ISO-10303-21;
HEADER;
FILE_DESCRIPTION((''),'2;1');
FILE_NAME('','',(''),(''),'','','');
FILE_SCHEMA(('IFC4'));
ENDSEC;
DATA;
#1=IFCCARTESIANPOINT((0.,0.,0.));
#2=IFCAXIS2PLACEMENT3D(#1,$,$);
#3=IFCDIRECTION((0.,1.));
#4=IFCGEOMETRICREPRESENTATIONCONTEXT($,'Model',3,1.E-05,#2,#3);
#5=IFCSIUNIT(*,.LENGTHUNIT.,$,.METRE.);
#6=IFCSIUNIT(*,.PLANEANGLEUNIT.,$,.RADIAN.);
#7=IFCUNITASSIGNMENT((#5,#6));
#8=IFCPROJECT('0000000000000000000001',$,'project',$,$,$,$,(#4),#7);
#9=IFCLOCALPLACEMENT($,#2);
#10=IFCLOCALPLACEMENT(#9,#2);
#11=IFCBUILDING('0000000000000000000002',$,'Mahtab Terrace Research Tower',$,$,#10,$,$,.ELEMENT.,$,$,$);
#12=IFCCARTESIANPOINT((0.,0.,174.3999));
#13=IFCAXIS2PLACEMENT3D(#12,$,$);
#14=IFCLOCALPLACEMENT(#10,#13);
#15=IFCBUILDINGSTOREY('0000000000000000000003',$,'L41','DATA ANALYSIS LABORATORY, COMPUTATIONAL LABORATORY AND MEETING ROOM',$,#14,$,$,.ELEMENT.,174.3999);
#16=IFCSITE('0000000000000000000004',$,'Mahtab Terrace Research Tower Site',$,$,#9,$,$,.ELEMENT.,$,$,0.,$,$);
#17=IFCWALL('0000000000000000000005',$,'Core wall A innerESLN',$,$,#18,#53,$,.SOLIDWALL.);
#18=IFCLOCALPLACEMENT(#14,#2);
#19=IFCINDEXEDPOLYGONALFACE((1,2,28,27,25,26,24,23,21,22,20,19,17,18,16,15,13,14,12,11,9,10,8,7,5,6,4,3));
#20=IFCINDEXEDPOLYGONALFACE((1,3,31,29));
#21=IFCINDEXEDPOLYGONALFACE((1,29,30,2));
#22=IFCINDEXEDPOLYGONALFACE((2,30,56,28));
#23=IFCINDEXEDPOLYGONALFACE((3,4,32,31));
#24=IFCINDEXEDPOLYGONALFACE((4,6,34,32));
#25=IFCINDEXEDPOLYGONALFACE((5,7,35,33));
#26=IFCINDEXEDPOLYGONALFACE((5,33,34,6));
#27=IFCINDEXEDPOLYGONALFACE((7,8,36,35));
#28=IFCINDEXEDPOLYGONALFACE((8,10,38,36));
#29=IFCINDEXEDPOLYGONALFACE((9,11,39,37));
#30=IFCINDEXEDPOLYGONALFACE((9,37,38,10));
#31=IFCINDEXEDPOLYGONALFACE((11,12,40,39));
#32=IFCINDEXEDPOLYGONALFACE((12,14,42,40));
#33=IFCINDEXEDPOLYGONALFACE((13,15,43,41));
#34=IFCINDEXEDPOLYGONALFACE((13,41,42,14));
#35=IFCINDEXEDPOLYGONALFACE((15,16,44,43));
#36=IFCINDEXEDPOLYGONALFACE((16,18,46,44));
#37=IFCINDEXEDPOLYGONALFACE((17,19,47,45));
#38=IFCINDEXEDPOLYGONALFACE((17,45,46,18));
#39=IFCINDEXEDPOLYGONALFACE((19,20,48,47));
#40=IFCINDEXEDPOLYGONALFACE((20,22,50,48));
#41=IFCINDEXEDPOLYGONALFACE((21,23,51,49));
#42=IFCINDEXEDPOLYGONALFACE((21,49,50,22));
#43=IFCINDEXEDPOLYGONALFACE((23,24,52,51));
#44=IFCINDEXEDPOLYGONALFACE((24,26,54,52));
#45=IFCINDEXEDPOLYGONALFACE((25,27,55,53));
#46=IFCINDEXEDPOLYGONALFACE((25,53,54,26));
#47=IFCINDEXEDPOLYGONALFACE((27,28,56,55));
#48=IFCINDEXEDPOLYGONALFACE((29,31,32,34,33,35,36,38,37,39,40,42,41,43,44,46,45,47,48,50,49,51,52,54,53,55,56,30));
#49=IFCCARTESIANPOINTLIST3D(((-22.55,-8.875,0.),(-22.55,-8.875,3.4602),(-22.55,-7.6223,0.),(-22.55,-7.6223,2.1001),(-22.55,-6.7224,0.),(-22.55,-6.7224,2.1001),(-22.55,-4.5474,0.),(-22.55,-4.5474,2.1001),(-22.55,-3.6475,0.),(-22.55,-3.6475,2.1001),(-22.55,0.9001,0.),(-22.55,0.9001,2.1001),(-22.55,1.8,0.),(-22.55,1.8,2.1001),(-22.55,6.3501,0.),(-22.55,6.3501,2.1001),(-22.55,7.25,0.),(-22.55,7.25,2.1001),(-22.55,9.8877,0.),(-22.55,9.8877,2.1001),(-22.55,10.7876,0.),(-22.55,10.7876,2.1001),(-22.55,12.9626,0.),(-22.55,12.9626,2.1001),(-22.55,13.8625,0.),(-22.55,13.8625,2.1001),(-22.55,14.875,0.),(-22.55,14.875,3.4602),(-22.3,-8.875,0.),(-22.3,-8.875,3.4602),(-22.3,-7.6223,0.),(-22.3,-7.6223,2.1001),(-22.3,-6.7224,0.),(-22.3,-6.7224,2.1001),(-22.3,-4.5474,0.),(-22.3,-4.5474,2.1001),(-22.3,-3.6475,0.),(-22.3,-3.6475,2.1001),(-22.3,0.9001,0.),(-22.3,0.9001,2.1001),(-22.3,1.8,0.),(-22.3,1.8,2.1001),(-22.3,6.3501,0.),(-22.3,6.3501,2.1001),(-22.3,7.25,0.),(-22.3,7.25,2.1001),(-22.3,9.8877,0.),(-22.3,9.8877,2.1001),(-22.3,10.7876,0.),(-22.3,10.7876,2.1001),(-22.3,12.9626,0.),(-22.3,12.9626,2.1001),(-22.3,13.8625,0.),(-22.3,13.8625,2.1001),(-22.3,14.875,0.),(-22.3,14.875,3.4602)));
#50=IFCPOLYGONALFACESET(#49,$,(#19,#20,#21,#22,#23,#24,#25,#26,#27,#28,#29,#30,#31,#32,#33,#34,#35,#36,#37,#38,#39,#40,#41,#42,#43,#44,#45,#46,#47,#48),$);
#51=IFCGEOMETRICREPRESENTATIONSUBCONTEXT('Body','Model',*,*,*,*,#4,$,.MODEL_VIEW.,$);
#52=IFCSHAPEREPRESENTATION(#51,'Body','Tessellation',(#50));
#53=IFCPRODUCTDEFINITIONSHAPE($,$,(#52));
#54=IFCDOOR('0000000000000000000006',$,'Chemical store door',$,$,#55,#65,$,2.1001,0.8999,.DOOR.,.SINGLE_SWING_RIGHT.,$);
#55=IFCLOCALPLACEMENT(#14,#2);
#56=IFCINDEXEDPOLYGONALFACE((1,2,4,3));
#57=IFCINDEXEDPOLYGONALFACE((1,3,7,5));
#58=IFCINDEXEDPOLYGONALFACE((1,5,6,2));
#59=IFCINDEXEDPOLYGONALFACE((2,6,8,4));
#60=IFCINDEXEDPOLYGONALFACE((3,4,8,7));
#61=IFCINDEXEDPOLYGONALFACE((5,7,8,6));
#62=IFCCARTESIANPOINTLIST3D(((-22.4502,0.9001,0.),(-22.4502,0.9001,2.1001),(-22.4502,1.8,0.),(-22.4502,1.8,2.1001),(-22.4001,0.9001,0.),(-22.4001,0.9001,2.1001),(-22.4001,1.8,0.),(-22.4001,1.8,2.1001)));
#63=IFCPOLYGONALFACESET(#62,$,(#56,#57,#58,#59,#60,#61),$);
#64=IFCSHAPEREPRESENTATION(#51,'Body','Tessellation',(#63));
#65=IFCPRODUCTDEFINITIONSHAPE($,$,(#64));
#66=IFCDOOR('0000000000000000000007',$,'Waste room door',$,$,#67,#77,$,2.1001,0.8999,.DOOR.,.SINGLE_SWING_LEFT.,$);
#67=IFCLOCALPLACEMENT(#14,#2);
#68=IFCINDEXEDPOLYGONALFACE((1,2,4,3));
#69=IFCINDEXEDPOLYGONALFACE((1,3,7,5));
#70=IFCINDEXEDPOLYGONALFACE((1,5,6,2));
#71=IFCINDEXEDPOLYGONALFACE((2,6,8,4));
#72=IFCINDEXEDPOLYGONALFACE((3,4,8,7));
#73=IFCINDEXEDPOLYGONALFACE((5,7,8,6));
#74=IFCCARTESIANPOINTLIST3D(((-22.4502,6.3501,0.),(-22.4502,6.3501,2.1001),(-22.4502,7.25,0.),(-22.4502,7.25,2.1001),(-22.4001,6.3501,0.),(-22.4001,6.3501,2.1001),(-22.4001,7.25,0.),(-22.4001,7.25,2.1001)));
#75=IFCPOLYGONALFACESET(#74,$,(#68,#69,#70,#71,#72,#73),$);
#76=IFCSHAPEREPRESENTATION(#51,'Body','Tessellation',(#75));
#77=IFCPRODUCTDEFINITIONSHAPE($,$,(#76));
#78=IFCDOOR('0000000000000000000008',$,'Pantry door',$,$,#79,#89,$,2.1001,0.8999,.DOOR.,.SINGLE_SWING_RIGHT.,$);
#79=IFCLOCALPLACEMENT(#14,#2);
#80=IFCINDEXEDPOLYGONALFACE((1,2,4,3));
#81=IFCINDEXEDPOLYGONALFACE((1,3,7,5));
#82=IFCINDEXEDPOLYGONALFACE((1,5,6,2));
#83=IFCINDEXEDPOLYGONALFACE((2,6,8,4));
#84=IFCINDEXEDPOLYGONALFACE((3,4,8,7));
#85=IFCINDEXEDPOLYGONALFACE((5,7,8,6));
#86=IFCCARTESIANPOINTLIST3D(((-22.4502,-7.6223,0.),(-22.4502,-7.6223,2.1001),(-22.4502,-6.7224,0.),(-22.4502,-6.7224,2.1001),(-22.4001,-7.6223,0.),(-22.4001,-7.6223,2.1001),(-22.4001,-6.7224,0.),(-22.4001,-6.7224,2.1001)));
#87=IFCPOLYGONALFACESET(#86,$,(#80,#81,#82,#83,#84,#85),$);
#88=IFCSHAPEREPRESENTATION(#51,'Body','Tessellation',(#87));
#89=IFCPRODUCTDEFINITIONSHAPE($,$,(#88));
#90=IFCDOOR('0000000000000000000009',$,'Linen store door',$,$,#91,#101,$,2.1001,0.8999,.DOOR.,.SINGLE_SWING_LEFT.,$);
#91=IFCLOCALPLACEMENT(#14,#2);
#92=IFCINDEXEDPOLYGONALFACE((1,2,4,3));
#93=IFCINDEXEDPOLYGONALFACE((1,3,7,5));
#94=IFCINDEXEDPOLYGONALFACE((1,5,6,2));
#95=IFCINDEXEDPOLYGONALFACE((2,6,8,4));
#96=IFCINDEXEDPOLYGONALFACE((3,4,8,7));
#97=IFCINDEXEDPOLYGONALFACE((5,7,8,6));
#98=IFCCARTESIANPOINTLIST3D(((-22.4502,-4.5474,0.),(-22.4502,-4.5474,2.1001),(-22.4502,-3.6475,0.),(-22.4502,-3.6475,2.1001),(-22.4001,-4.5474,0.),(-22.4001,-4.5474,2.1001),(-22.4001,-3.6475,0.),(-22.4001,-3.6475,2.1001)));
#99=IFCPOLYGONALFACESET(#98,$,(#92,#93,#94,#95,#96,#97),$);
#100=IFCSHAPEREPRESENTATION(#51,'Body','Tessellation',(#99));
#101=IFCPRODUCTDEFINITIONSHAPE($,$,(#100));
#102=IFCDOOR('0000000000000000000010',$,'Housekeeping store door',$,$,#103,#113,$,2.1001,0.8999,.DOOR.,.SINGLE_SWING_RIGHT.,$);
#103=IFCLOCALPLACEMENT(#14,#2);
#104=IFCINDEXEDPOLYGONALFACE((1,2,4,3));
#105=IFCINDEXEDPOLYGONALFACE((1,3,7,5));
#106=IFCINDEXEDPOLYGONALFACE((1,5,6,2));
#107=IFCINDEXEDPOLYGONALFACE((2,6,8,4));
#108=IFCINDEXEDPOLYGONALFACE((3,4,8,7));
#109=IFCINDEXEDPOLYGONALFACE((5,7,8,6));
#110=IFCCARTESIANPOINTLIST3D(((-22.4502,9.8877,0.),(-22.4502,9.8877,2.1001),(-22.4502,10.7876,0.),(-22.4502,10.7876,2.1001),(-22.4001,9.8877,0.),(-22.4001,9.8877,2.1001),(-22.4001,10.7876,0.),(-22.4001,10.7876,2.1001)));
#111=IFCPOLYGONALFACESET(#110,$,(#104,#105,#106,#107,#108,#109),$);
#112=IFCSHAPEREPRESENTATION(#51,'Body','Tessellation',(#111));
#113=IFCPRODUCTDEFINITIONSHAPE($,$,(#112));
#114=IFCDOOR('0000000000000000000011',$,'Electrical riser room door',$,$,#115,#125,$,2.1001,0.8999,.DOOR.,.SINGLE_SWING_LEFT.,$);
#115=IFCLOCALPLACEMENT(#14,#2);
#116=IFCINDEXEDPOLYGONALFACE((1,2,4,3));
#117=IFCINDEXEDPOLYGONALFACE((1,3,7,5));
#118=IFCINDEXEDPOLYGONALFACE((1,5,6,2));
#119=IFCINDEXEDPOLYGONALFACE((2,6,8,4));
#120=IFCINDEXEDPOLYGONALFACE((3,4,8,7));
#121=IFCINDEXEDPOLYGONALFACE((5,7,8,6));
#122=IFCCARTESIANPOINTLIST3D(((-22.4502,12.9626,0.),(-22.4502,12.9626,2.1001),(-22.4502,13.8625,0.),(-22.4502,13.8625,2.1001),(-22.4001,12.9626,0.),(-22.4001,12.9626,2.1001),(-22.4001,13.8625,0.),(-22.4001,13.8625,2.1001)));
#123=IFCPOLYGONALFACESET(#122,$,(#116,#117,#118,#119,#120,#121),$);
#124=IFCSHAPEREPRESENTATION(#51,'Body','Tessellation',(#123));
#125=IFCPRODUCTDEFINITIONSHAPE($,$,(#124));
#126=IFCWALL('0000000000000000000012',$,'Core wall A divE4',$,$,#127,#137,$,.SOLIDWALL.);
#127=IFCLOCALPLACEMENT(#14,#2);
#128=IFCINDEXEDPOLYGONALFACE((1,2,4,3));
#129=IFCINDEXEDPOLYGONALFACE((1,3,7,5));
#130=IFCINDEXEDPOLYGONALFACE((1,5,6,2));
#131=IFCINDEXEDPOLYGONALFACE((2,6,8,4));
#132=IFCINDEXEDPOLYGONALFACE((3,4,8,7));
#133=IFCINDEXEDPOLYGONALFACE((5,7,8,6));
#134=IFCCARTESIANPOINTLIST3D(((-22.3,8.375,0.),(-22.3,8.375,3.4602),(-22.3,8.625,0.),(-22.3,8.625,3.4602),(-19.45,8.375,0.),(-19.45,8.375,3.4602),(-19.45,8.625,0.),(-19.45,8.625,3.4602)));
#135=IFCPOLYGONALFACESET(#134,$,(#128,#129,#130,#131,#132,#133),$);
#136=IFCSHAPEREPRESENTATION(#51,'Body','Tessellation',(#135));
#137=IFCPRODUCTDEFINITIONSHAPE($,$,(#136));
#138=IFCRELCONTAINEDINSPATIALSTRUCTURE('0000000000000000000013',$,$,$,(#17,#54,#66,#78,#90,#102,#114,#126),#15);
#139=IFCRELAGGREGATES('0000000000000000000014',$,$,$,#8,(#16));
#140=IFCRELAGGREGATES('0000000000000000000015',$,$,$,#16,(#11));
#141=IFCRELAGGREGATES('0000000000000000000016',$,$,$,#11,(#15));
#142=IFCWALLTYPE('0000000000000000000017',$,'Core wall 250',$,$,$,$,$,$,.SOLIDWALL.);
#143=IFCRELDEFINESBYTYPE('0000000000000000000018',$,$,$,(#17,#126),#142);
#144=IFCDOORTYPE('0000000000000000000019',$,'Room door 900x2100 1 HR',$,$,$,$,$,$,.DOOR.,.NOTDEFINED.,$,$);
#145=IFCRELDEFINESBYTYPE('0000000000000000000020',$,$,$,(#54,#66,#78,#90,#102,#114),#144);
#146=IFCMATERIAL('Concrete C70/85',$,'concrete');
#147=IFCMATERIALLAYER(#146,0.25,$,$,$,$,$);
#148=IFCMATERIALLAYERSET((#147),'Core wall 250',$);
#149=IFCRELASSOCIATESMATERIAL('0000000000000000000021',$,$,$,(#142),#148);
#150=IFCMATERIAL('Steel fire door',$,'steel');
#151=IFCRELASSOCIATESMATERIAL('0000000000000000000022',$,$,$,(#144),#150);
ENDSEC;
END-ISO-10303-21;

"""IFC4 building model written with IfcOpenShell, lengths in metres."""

from ifc_helpers import new_model, si_unit, direction, frame, frame_2d, origin, place, context, subcontext, project, spatial, rectangle, extrude, material, layer, layer_set, type_object, element, fill, save


model = new_model("IFC4")

# Units and contexts
model_context = context("Model", 3, precision=1e-05, world=origin(), true_north=direction((0.0, 1.0)))
body_context = subcontext(model_context, "Body", "Model", "MODEL_VIEW")
ifc_project = project(units=[si_unit("LENGTHUNIT", "METRE"), si_unit("PLANEANGLEUNIT", "RADIAN")], contexts=[model_context])

# Site, building, storey
site_placement = place(None, origin())
site = spatial("IfcSite", under=ifc_project, at=site_placement, Name="Mahtab Terrace Research Tower Site", CompositionType="ELEMENT", RefElevation=0.0)
building_placement = place(site_placement, origin())
building = spatial("IfcBuilding", under=site, at=building_placement, Name="Mahtab Terrace Research Tower", CompositionType="ELEMENT")
storey_placement = place(building_placement, frame((0.0, 0.0, 174.3999)))
storey = spatial("IfcBuildingStorey", under=building, at=storey_placement, Name="L41", Description="DATA ANALYSIS LABORATORY, COMPUTATIONAL LABORATORY AND MEETING ROOM", CompositionType="ELEMENT", Elevation=174.3999)

# Shared definitions
ifc_material_1 = material(Name="Concrete C70/85", Category="concrete")

# Shared definitions
ifc_layer_1 = layer(ifc_material_1, 0.25)
ifc_layer_set_1 = layer_set([ifc_layer_1], Name="Core wall 250")
wall_type_1 = type_object("IfcWallType", Name="Core wall 250", PredefinedType="SOLIDWALL", material=ifc_layer_set_1)
ifc_material_2 = material(Name="Steel fire door", Category="steel")

# Wall, openings, doors
wall_1_placement = place(storey_placement, frame((-22.425, 14.875, 0.0), z_axis=(0.0, 0.0, 1.0), x_axis=(0.0, -1.0, 0.0)))
wall_1 = element("IfcWall", 1, at=wall_1_placement, inside=storey, type_object=wall_type_1, Name="Core wall A innerESLN", PredefinedType="SOLIDWALL", context=body_context, shape_type="SweptSolid", body=[
    extrude(rectangle(XDim=23.75, YDim=0.25, at=frame_2d((11.875, 0.0))), origin(), (0.0, 0.0, 1.0), 3.4602),
])
opening_1_placement = place(wall_1_placement, frame((13.075, 0.0, 0.0)))
opening_1 = element("IfcOpeningElement", 2, at=opening_1_placement, cuts=wall_1, PredefinedType="OPENING", context=body_context, shape_type="SweptSolid", body=[
    extrude(rectangle(XDim=0.8999, YDim=2.1001, at=frame_2d((0.45, 1.05))), frame((0.0, 0.135, 0.0), z_axis=(0.0, -1.0, 0.0), x_axis=(1.0, 0.0, 0.0)), (0.0, 0.0, 1.0), 0.27),
])
opening_2_placement = place(wall_1_placement, frame((7.625, 0.0, 0.0)))
opening_2 = element("IfcOpeningElement", 3, at=opening_2_placement, cuts=wall_1, PredefinedType="OPENING", context=body_context, shape_type="SweptSolid", body=[
    extrude(rectangle(XDim=0.8999, YDim=2.1001, at=frame_2d((0.45, 1.05))), frame((0.0, 0.135, 0.0), z_axis=(0.0, -1.0, 0.0), x_axis=(1.0, 0.0, 0.0)), (0.0, 0.0, 1.0), 0.27),
])
opening_3_placement = place(wall_1_placement, frame((21.5974, 0.0, 0.0)))
opening_3 = element("IfcOpeningElement", 4, at=opening_3_placement, cuts=wall_1, PredefinedType="OPENING", context=body_context, shape_type="SweptSolid", body=[
    extrude(rectangle(XDim=0.8999, YDim=2.1001, at=frame_2d((0.45, 1.05))), frame((0.0, 0.135, 0.0), z_axis=(0.0, -1.0, 0.0), x_axis=(1.0, 0.0, 0.0)), (0.0, 0.0, 1.0), 0.27),
])
opening_4_placement = place(wall_1_placement, frame((18.5225, 0.0, 0.0)))
opening_4 = element("IfcOpeningElement", 5, at=opening_4_placement, cuts=wall_1, PredefinedType="OPENING", context=body_context, shape_type="SweptSolid", body=[
    extrude(rectangle(XDim=0.8999, YDim=2.1001, at=frame_2d((0.45, 1.05))), frame((0.0, 0.135, 0.0), z_axis=(0.0, -1.0, 0.0), x_axis=(1.0, 0.0, 0.0)), (0.0, 0.0, 1.0), 0.27),
])
opening_5_placement = place(wall_1_placement, frame((4.0874, 0.0, 0.0)))
opening_5 = element("IfcOpeningElement", 6, at=opening_5_placement, cuts=wall_1, PredefinedType="OPENING", context=body_context, shape_type="SweptSolid", body=[
    extrude(rectangle(XDim=0.8999, YDim=2.1001, at=frame_2d((0.45, 1.05))), frame((0.0, 0.135, 0.0), z_axis=(0.0, -1.0, 0.0), x_axis=(1.0, 0.0, 0.0)), (0.0, 0.0, 1.0), 0.27),
])
opening_6_placement = place(wall_1_placement, frame((1.0125, 0.0, 0.0)))
opening_6 = element("IfcOpeningElement", 7, at=opening_6_placement, cuts=wall_1, PredefinedType="OPENING", context=body_context, shape_type="SweptSolid", body=[
    extrude(rectangle(XDim=0.8999, YDim=2.1001, at=frame_2d((0.45, 1.05))), frame((0.0, 0.135, 0.0), z_axis=(0.0, -1.0, 0.0), x_axis=(1.0, 0.0, 0.0)), (0.0, 0.0, 1.0), 0.27),
])
door_type_1 = type_object("IfcDoorType", Name="Room door 900x2100 1 HR", OperationType="NOTDEFINED", PredefinedType="DOOR", material=ifc_material_2)
door_1_placement = place(opening_1_placement, origin())
door_1 = element("IfcDoor", 8, at=door_1_placement, inside=storey, type_object=door_type_1, Name="Chemical store door", OperationType="SINGLE_SWING_RIGHT", OverallHeight=2.1001, OverallWidth=0.8999, PredefinedType="DOOR", context=body_context, shape_type="SweptSolid", body=[
    extrude(rectangle(XDim=0.8999, YDim=2.1001, at=frame_2d((0.45, 1.05))), frame((0.0, 0.0249, 0.0), z_axis=(0.0, -1.0, 0.0), x_axis=(1.0, 0.0, 0.0)), (0.0, 0.0, 1.0), 0.05),
])
fill(opening_1, door_1)
door_2_placement = place(opening_2_placement, origin())
door_2 = element("IfcDoor", 9, at=door_2_placement, inside=storey, type_object=door_type_1, Name="Waste room door", OperationType="SINGLE_SWING_LEFT", OverallHeight=2.1001, OverallWidth=0.8999, PredefinedType="DOOR", context=body_context, shape_type="SweptSolid", body=[
    extrude(rectangle(XDim=0.8999, YDim=2.1001, at=frame_2d((0.45, 1.05))), frame((0.0, 0.0249, 0.0), z_axis=(0.0, -1.0, 0.0), x_axis=(1.0, 0.0, 0.0)), (0.0, 0.0, 1.0), 0.05),
])
fill(opening_2, door_2)
door_3_placement = place(opening_3_placement, origin())
door_3 = element("IfcDoor", 10, at=door_3_placement, inside=storey, type_object=door_type_1, Name="Pantry door", OperationType="SINGLE_SWING_RIGHT", OverallHeight=2.1001, OverallWidth=0.8999, PredefinedType="DOOR", context=body_context, shape_type="SweptSolid", body=[
    extrude(rectangle(XDim=0.8999, YDim=2.1001, at=frame_2d((0.45, 1.05))), frame((0.0, 0.0249, 0.0), z_axis=(0.0, -1.0, 0.0), x_axis=(1.0, 0.0, 0.0)), (0.0, 0.0, 1.0), 0.05),
])
fill(opening_3, door_3)
door_4_placement = place(opening_4_placement, origin())
door_4 = element("IfcDoor", 11, at=door_4_placement, inside=storey, type_object=door_type_1, Name="Linen store door", OperationType="SINGLE_SWING_LEFT", OverallHeight=2.1001, OverallWidth=0.8999, PredefinedType="DOOR", context=body_context, shape_type="SweptSolid", body=[
    extrude(rectangle(XDim=0.8999, YDim=2.1001, at=frame_2d((0.45, 1.05))), frame((0.0, 0.0249, 0.0), z_axis=(0.0, -1.0, 0.0), x_axis=(1.0, 0.0, 0.0)), (0.0, 0.0, 1.0), 0.05),
])
fill(opening_4, door_4)
door_5_placement = place(opening_5_placement, origin())
door_5 = element("IfcDoor", 12, at=door_5_placement, inside=storey, type_object=door_type_1, Name="Housekeeping store door", OperationType="SINGLE_SWING_RIGHT", OverallHeight=2.1001, OverallWidth=0.8999, PredefinedType="DOOR", context=body_context, shape_type="SweptSolid", body=[
    extrude(rectangle(XDim=0.8999, YDim=2.1001, at=frame_2d((0.45, 1.05))), frame((0.0, 0.0249, 0.0), z_axis=(0.0, -1.0, 0.0), x_axis=(1.0, 0.0, 0.0)), (0.0, 0.0, 1.0), 0.05),
])
fill(opening_5, door_5)
door_6_placement = place(opening_6_placement, origin())
door_6 = element("IfcDoor", 13, at=door_6_placement, inside=storey, type_object=door_type_1, Name="Electrical riser room door", OperationType="SINGLE_SWING_LEFT", OverallHeight=2.1001, OverallWidth=0.8999, PredefinedType="DOOR", context=body_context, shape_type="SweptSolid", body=[
    extrude(rectangle(XDim=0.8999, YDim=2.1001, at=frame_2d((0.45, 1.05))), frame((0.0, 0.0249, 0.0), z_axis=(0.0, -1.0, 0.0), x_axis=(1.0, 0.0, 0.0)), (0.0, 0.0, 1.0), 0.05),
])
fill(opening_6, door_6)

# Wall
wall_2_placement = place(storey_placement, frame((-22.3, 8.5, 0.0), z_axis=(0.0, 0.0, 1.0), x_axis=(1.0, 0.0, 0.0)))
element("IfcWall", 14, at=wall_2_placement, inside=storey, type_object=wall_type_1, Name="Core wall A divE4", PredefinedType="SOLIDWALL", context=body_context, shape_type="SweptSolid", body=[
    extrude(rectangle(XDim=2.8501, YDim=0.25, at=frame_2d((1.425, 0.0))), origin(), (0.0, 0.0, 1.0), 3.4602),
])

save(model, "model.ifc")
